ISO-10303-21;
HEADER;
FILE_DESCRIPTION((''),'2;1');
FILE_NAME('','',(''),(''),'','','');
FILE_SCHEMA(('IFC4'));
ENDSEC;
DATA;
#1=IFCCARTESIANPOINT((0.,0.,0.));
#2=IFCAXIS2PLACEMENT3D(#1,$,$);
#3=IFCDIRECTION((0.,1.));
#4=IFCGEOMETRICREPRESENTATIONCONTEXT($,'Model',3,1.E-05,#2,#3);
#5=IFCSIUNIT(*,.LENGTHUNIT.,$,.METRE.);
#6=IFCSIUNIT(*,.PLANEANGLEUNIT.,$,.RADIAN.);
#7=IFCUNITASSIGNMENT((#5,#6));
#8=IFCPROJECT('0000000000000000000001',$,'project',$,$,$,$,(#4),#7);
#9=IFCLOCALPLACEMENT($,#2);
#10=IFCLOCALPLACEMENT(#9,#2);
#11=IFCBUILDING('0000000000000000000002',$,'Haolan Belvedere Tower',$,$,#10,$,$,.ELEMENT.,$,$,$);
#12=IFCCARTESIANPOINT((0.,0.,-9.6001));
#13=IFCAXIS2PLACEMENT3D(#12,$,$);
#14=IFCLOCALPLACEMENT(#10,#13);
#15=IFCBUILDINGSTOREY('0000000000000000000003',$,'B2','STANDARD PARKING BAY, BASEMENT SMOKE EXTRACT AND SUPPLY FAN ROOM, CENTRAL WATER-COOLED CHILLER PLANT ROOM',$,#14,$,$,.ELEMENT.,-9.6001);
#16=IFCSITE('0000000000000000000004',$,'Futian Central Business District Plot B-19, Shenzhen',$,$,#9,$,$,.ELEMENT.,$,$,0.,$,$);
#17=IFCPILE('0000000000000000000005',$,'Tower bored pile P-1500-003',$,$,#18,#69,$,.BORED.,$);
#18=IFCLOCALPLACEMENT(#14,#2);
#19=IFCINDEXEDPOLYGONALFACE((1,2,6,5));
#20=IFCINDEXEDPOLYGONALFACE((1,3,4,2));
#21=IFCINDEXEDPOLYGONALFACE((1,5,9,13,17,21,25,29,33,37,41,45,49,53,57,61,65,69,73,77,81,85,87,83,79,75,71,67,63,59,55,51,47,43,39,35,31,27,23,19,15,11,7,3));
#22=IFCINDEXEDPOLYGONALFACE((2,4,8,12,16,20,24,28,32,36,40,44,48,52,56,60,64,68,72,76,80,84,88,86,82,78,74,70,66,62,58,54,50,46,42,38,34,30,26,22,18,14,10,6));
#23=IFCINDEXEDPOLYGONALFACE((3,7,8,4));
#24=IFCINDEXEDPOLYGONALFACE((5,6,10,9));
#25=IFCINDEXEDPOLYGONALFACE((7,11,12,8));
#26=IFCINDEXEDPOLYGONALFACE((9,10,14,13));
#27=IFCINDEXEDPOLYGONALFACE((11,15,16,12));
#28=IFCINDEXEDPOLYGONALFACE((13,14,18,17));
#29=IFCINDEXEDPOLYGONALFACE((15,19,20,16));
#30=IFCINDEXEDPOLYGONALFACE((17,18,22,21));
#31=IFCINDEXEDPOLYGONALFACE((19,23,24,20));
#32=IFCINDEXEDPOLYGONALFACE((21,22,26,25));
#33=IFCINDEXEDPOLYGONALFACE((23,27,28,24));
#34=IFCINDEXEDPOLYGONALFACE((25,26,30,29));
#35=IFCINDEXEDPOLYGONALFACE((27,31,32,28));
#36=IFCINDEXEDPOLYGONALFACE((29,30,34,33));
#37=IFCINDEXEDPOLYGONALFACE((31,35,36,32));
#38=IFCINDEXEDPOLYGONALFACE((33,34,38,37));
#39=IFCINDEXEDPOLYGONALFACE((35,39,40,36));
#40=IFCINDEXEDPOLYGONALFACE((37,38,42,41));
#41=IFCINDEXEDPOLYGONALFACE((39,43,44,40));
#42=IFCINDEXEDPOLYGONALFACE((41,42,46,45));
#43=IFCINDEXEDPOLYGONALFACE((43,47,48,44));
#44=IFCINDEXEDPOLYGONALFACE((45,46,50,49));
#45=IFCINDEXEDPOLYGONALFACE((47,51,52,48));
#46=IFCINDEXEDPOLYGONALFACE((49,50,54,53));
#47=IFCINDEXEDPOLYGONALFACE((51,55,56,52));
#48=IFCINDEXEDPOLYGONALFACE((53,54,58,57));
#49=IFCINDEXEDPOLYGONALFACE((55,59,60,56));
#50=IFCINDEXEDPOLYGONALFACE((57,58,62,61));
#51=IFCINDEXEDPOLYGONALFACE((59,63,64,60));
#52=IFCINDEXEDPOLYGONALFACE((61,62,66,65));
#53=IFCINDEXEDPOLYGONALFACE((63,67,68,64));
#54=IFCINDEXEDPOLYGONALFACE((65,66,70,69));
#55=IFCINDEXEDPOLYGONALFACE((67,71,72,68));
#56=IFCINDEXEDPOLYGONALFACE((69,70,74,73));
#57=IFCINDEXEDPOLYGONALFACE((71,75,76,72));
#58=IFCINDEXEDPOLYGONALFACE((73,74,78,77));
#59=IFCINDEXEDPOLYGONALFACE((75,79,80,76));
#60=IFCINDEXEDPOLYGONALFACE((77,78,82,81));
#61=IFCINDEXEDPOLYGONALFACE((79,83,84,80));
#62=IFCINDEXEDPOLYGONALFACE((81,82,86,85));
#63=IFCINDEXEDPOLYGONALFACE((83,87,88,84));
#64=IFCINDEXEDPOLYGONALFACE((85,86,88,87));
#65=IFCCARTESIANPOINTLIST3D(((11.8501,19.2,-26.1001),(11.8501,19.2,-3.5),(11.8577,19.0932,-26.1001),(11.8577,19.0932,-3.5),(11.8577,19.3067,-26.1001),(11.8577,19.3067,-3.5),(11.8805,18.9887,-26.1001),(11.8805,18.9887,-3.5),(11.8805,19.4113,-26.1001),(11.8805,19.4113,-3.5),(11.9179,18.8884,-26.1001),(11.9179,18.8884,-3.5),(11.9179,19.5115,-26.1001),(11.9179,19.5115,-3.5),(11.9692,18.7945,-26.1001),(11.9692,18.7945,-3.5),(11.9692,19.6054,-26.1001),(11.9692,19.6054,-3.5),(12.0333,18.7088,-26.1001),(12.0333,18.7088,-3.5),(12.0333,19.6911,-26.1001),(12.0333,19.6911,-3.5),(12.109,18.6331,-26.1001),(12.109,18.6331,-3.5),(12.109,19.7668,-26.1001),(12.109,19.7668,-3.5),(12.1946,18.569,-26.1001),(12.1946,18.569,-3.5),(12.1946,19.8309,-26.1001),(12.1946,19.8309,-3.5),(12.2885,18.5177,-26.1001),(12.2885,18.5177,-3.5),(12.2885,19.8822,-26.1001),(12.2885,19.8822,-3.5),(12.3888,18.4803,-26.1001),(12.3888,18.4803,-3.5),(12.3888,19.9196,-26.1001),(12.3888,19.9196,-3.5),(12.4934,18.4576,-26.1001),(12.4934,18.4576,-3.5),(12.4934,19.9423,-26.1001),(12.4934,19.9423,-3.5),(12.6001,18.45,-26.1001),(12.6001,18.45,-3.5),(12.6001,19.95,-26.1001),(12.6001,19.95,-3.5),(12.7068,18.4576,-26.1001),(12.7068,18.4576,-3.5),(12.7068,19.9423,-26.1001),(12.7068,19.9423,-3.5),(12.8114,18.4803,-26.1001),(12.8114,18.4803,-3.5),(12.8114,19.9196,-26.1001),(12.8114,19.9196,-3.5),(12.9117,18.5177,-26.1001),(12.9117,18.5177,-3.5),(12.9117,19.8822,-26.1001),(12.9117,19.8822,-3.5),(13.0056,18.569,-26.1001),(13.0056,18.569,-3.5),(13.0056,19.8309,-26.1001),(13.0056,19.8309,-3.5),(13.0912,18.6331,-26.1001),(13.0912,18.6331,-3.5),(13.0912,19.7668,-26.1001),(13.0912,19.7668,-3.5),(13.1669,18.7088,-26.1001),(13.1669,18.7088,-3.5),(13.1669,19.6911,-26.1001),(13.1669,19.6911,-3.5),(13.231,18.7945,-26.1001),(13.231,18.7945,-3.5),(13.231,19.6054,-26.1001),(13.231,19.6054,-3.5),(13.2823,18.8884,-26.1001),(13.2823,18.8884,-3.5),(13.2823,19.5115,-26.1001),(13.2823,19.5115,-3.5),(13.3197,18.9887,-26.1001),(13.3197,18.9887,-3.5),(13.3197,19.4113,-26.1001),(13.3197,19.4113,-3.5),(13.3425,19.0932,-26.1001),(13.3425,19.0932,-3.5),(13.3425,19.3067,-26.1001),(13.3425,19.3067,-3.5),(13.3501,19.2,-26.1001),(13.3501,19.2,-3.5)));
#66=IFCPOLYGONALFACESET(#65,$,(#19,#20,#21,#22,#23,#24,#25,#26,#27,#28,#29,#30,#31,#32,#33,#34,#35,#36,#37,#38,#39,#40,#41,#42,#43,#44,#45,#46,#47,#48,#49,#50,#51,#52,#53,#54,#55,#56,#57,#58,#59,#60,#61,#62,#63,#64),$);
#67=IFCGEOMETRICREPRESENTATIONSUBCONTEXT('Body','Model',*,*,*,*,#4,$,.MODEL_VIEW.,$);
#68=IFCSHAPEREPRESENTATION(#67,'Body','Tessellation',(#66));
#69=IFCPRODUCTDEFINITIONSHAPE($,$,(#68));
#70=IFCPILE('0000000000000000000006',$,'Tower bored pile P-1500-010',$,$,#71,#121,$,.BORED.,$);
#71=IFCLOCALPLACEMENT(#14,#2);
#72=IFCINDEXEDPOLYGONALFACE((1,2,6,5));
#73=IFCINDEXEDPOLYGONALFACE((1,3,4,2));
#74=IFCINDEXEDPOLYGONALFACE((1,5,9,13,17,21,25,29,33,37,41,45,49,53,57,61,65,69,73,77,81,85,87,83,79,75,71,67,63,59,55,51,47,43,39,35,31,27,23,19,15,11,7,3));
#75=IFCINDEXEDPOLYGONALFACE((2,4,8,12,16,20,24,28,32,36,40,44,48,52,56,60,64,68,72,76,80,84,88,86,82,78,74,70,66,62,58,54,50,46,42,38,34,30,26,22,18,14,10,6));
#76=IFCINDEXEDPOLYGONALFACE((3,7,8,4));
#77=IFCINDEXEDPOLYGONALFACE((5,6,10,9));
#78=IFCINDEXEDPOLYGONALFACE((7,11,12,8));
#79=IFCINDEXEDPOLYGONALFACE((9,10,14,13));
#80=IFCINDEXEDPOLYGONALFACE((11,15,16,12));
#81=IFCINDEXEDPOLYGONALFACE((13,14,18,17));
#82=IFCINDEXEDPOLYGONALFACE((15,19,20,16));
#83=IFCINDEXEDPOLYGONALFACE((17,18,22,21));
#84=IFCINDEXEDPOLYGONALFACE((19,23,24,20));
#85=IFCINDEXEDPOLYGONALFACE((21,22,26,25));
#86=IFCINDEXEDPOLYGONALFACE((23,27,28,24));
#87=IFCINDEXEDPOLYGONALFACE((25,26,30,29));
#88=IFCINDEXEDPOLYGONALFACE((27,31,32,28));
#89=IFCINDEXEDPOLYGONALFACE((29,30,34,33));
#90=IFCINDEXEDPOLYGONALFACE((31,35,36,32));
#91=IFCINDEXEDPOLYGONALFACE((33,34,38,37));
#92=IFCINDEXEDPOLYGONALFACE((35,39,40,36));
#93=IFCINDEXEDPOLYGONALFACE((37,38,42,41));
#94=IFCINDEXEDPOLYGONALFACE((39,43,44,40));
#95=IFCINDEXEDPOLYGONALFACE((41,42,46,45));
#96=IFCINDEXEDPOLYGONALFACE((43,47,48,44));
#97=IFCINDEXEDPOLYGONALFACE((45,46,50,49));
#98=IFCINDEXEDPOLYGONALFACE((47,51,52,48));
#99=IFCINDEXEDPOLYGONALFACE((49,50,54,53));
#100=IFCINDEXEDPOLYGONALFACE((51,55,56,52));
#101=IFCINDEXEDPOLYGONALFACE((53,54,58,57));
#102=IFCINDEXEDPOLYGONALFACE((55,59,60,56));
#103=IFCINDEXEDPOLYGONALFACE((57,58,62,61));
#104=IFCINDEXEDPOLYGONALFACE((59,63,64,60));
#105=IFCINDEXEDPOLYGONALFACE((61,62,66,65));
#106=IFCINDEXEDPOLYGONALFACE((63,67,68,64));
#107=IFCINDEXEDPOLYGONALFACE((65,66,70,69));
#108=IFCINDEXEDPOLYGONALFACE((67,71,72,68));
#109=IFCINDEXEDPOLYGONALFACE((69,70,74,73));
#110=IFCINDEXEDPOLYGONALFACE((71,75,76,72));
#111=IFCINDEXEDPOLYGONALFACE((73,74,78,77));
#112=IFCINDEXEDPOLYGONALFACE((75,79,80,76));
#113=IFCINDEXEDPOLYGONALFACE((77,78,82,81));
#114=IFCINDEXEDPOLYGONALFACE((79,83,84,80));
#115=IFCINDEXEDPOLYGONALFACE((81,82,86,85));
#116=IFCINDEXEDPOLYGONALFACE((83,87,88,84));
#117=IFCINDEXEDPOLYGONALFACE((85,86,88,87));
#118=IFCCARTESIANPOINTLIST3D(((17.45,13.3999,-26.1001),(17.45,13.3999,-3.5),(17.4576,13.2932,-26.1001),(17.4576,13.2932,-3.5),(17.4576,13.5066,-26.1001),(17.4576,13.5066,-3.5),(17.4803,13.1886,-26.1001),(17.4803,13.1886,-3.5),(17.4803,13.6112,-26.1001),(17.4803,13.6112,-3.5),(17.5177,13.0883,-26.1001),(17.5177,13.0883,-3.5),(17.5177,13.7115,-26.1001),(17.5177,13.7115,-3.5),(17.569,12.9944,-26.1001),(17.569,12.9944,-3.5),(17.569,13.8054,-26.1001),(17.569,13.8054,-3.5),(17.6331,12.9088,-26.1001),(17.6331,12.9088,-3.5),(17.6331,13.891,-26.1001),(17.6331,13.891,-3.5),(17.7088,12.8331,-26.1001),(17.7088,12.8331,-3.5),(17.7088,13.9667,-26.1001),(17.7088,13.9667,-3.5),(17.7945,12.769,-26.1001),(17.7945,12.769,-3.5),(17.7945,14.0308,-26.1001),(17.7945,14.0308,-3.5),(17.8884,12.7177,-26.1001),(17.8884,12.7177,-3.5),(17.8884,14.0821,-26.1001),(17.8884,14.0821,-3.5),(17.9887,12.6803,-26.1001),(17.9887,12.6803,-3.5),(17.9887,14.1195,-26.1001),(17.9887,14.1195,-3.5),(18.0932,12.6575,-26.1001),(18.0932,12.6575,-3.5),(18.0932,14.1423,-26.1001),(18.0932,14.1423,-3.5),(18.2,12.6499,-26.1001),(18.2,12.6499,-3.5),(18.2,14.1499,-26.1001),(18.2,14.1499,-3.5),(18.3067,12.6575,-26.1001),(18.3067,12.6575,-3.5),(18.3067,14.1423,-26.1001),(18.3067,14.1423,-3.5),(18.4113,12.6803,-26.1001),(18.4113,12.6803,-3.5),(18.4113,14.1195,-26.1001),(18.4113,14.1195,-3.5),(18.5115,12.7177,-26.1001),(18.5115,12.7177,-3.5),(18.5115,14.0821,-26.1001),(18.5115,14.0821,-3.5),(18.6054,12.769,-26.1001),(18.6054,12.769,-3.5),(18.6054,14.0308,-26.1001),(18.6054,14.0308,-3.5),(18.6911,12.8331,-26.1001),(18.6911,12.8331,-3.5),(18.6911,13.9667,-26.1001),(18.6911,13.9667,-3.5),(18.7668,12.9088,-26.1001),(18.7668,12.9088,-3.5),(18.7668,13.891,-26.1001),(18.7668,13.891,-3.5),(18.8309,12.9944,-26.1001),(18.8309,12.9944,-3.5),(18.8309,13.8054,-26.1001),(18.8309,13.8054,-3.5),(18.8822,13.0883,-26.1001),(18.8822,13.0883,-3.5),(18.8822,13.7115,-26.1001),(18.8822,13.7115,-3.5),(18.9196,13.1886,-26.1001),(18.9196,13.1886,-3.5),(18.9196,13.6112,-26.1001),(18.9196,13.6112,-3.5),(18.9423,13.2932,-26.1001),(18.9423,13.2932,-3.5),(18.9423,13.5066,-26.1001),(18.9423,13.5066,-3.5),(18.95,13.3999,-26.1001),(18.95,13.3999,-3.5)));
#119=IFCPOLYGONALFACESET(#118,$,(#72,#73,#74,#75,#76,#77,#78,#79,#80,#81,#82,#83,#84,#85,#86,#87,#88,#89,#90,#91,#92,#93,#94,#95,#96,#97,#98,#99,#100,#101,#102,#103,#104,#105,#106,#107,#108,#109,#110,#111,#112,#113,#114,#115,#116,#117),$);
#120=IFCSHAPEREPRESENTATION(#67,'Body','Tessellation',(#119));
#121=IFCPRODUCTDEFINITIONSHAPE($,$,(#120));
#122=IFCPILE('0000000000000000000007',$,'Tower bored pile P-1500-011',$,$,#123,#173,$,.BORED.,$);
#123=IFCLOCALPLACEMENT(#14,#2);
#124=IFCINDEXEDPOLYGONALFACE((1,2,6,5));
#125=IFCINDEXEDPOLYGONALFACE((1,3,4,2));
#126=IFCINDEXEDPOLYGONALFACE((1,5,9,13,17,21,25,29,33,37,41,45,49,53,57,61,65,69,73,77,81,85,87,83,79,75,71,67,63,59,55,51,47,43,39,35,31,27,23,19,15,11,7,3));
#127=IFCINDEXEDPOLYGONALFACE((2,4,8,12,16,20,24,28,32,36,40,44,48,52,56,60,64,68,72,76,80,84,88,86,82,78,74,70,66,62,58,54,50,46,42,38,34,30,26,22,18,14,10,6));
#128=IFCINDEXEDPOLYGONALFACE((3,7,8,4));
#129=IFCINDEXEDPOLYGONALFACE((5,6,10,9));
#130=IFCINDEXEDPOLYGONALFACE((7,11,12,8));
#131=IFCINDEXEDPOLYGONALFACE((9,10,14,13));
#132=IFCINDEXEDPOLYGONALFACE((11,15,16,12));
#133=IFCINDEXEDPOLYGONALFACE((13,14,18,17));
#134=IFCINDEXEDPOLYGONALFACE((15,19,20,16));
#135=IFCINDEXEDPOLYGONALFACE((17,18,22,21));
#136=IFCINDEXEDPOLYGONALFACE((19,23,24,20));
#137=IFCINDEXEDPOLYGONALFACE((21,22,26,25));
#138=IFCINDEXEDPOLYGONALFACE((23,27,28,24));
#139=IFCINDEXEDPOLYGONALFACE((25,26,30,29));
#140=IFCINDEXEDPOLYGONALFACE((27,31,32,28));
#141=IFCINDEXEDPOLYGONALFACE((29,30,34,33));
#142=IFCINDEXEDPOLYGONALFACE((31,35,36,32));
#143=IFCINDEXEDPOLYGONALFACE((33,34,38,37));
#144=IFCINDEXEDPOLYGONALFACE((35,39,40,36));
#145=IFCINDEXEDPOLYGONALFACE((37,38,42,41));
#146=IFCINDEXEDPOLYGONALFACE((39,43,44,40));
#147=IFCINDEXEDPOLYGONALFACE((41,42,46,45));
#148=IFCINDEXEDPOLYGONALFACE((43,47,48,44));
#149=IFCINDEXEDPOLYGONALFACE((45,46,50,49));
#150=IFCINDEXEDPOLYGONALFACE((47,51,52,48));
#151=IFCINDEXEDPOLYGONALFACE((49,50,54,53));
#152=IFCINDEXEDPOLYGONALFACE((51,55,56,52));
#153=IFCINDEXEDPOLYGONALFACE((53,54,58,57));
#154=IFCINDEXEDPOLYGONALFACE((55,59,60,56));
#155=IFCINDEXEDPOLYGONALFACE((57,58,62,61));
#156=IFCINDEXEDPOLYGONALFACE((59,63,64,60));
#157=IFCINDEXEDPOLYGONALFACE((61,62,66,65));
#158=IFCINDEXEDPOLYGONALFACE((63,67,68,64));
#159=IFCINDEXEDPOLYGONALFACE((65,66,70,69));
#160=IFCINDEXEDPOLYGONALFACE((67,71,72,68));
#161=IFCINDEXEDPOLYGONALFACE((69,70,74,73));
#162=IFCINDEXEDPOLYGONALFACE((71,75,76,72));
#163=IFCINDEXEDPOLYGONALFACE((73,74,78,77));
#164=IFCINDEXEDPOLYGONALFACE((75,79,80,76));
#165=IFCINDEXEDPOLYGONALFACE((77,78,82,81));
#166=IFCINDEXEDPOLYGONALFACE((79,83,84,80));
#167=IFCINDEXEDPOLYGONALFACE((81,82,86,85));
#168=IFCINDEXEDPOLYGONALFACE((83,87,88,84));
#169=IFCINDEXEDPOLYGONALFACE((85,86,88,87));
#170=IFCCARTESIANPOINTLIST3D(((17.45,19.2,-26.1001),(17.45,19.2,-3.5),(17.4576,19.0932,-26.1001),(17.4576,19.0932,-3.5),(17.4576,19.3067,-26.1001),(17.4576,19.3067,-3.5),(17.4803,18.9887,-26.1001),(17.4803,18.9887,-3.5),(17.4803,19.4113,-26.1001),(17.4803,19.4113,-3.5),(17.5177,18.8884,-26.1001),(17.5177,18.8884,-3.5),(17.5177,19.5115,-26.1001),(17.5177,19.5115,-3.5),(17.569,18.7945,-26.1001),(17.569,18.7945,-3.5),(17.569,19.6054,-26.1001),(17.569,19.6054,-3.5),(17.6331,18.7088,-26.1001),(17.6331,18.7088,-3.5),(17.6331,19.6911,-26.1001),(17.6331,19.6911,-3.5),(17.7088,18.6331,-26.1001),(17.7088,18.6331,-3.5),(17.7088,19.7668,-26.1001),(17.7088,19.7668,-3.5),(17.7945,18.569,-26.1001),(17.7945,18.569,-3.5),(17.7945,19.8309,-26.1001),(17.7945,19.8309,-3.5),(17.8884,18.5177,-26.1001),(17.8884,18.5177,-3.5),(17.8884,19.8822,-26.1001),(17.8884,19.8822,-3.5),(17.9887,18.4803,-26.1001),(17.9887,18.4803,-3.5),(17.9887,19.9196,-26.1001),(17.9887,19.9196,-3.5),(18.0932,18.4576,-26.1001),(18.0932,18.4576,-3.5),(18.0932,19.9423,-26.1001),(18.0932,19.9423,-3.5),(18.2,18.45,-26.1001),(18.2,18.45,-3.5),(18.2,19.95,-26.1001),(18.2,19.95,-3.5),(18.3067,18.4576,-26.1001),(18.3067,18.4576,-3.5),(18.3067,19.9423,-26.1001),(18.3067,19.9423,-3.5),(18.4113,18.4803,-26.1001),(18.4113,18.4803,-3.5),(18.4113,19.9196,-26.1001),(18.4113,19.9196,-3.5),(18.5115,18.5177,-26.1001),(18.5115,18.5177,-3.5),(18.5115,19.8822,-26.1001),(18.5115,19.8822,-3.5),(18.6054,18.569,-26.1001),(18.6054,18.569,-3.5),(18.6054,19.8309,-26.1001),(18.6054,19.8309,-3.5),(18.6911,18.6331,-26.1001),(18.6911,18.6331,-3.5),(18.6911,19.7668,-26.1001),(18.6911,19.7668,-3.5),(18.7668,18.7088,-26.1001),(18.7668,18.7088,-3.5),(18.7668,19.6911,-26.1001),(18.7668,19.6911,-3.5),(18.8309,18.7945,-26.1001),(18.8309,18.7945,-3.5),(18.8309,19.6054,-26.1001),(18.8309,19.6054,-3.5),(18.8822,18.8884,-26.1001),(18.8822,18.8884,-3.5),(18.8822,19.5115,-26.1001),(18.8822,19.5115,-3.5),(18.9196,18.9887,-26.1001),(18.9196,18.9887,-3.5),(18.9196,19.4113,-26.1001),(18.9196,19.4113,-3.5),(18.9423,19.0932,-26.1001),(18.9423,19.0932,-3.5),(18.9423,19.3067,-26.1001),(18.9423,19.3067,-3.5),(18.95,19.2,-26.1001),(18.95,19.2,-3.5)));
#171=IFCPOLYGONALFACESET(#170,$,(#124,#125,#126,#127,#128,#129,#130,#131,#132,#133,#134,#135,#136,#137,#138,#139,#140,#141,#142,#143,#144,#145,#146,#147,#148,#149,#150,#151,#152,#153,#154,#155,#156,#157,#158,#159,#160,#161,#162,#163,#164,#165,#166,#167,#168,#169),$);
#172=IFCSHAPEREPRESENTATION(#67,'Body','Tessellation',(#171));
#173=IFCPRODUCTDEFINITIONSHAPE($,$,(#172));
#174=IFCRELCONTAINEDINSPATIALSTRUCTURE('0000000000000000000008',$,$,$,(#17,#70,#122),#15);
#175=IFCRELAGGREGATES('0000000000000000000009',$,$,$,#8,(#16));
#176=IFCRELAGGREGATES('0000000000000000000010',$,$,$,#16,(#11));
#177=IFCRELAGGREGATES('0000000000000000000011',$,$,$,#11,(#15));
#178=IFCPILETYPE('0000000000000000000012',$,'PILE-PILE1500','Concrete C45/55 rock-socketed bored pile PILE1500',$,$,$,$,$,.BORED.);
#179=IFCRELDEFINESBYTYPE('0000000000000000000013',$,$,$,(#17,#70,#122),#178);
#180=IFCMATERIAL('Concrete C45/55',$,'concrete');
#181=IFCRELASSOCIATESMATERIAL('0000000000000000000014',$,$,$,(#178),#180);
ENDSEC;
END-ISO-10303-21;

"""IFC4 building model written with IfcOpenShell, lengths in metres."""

from ifc_helpers import new_model, si_unit, direction, frame, origin, origin_2d, place, context, subcontext, project, spatial, circle, extrude, material, material_profile, profile_set, type_object, element, save


model = new_model("IFC4")

# Units and contexts
model_context = context("Model", 3, precision=1e-05, world=origin(), true_north=direction((0.0, 1.0)))
body_context = subcontext(model_context, "Body", "Model", "MODEL_VIEW")
ifc_project = project(units=[si_unit("LENGTHUNIT", "METRE"), si_unit("PLANEANGLEUNIT", "RADIAN")], contexts=[model_context])

# Site, building, storey
site_placement = place(None, origin())
site = spatial("IfcSite", under=ifc_project, at=site_placement, Name="Futian Central Business District Plot B-19, Shenzhen", CompositionType="ELEMENT", RefElevation=0.0)
building_placement = place(site_placement, origin())
building = spatial("IfcBuilding", under=site, at=building_placement, Name="Haolan Belvedere Tower", CompositionType="ELEMENT")
storey_placement = place(building_placement, frame((0.0, 0.0, -9.6001)))
storey = spatial("IfcBuildingStorey", under=building, at=storey_placement, Name="B2", Description="STANDARD PARKING BAY, BASEMENT SMOKE EXTRACT AND SUPPLY FAN ROOM, CENTRAL WATER-COOLED CHILLER PLANT ROOM", CompositionType="ELEMENT", Elevation=-9.6001)

# Piles
ifc_material_1 = material(Name="Concrete C45/55", Category="concrete")
ifc_material_profile_1 = material_profile(ifc_material_1, circle(Radius=0.75, at=origin_2d()), Name="Concrete C45/55")
ifc_profile_set_1 = profile_set([ifc_material_profile_1], Name="Concrete C45/55")
pile_type_1 = type_object("IfcPileType", Name="PILE-PILE1500", Description="Concrete C45/55 rock-socketed bored pile PILE1500", PredefinedType="BORED", material=ifc_profile_set_1)
for number, where, z_axis, x_axis, name in (
    (1, (12.6001, 19.2, -3.5), (0.0, 0.0, -1.0), (1.0, 0.0, 0.0), "Tower bored pile P-1500-003"),
    (2, (18.2, 13.3999, -3.5), (0.0, 0.0, -1.0), (1.0, 0.0, 0.0), "Tower bored pile P-1500-010"),
    (3, (18.2, 19.2, -3.5), (0.0, 0.0, -1.0), (1.0, 0.0, 0.0), "Tower bored pile P-1500-011"),
):
    element("IfcPile", number, at=place(storey_placement, frame(where, z_axis=z_axis, x_axis=x_axis)), inside=storey, type_object=pile_type_1, Name=name, PredefinedType="BORED", context=body_context, shape_type="SweptSolid", body=[
        extrude(circle(Radius=0.75, at=origin_2d()), origin(), (0.0, 0.0, 1.0), 22.6001),
    ])

save(model, "model.ifc")
